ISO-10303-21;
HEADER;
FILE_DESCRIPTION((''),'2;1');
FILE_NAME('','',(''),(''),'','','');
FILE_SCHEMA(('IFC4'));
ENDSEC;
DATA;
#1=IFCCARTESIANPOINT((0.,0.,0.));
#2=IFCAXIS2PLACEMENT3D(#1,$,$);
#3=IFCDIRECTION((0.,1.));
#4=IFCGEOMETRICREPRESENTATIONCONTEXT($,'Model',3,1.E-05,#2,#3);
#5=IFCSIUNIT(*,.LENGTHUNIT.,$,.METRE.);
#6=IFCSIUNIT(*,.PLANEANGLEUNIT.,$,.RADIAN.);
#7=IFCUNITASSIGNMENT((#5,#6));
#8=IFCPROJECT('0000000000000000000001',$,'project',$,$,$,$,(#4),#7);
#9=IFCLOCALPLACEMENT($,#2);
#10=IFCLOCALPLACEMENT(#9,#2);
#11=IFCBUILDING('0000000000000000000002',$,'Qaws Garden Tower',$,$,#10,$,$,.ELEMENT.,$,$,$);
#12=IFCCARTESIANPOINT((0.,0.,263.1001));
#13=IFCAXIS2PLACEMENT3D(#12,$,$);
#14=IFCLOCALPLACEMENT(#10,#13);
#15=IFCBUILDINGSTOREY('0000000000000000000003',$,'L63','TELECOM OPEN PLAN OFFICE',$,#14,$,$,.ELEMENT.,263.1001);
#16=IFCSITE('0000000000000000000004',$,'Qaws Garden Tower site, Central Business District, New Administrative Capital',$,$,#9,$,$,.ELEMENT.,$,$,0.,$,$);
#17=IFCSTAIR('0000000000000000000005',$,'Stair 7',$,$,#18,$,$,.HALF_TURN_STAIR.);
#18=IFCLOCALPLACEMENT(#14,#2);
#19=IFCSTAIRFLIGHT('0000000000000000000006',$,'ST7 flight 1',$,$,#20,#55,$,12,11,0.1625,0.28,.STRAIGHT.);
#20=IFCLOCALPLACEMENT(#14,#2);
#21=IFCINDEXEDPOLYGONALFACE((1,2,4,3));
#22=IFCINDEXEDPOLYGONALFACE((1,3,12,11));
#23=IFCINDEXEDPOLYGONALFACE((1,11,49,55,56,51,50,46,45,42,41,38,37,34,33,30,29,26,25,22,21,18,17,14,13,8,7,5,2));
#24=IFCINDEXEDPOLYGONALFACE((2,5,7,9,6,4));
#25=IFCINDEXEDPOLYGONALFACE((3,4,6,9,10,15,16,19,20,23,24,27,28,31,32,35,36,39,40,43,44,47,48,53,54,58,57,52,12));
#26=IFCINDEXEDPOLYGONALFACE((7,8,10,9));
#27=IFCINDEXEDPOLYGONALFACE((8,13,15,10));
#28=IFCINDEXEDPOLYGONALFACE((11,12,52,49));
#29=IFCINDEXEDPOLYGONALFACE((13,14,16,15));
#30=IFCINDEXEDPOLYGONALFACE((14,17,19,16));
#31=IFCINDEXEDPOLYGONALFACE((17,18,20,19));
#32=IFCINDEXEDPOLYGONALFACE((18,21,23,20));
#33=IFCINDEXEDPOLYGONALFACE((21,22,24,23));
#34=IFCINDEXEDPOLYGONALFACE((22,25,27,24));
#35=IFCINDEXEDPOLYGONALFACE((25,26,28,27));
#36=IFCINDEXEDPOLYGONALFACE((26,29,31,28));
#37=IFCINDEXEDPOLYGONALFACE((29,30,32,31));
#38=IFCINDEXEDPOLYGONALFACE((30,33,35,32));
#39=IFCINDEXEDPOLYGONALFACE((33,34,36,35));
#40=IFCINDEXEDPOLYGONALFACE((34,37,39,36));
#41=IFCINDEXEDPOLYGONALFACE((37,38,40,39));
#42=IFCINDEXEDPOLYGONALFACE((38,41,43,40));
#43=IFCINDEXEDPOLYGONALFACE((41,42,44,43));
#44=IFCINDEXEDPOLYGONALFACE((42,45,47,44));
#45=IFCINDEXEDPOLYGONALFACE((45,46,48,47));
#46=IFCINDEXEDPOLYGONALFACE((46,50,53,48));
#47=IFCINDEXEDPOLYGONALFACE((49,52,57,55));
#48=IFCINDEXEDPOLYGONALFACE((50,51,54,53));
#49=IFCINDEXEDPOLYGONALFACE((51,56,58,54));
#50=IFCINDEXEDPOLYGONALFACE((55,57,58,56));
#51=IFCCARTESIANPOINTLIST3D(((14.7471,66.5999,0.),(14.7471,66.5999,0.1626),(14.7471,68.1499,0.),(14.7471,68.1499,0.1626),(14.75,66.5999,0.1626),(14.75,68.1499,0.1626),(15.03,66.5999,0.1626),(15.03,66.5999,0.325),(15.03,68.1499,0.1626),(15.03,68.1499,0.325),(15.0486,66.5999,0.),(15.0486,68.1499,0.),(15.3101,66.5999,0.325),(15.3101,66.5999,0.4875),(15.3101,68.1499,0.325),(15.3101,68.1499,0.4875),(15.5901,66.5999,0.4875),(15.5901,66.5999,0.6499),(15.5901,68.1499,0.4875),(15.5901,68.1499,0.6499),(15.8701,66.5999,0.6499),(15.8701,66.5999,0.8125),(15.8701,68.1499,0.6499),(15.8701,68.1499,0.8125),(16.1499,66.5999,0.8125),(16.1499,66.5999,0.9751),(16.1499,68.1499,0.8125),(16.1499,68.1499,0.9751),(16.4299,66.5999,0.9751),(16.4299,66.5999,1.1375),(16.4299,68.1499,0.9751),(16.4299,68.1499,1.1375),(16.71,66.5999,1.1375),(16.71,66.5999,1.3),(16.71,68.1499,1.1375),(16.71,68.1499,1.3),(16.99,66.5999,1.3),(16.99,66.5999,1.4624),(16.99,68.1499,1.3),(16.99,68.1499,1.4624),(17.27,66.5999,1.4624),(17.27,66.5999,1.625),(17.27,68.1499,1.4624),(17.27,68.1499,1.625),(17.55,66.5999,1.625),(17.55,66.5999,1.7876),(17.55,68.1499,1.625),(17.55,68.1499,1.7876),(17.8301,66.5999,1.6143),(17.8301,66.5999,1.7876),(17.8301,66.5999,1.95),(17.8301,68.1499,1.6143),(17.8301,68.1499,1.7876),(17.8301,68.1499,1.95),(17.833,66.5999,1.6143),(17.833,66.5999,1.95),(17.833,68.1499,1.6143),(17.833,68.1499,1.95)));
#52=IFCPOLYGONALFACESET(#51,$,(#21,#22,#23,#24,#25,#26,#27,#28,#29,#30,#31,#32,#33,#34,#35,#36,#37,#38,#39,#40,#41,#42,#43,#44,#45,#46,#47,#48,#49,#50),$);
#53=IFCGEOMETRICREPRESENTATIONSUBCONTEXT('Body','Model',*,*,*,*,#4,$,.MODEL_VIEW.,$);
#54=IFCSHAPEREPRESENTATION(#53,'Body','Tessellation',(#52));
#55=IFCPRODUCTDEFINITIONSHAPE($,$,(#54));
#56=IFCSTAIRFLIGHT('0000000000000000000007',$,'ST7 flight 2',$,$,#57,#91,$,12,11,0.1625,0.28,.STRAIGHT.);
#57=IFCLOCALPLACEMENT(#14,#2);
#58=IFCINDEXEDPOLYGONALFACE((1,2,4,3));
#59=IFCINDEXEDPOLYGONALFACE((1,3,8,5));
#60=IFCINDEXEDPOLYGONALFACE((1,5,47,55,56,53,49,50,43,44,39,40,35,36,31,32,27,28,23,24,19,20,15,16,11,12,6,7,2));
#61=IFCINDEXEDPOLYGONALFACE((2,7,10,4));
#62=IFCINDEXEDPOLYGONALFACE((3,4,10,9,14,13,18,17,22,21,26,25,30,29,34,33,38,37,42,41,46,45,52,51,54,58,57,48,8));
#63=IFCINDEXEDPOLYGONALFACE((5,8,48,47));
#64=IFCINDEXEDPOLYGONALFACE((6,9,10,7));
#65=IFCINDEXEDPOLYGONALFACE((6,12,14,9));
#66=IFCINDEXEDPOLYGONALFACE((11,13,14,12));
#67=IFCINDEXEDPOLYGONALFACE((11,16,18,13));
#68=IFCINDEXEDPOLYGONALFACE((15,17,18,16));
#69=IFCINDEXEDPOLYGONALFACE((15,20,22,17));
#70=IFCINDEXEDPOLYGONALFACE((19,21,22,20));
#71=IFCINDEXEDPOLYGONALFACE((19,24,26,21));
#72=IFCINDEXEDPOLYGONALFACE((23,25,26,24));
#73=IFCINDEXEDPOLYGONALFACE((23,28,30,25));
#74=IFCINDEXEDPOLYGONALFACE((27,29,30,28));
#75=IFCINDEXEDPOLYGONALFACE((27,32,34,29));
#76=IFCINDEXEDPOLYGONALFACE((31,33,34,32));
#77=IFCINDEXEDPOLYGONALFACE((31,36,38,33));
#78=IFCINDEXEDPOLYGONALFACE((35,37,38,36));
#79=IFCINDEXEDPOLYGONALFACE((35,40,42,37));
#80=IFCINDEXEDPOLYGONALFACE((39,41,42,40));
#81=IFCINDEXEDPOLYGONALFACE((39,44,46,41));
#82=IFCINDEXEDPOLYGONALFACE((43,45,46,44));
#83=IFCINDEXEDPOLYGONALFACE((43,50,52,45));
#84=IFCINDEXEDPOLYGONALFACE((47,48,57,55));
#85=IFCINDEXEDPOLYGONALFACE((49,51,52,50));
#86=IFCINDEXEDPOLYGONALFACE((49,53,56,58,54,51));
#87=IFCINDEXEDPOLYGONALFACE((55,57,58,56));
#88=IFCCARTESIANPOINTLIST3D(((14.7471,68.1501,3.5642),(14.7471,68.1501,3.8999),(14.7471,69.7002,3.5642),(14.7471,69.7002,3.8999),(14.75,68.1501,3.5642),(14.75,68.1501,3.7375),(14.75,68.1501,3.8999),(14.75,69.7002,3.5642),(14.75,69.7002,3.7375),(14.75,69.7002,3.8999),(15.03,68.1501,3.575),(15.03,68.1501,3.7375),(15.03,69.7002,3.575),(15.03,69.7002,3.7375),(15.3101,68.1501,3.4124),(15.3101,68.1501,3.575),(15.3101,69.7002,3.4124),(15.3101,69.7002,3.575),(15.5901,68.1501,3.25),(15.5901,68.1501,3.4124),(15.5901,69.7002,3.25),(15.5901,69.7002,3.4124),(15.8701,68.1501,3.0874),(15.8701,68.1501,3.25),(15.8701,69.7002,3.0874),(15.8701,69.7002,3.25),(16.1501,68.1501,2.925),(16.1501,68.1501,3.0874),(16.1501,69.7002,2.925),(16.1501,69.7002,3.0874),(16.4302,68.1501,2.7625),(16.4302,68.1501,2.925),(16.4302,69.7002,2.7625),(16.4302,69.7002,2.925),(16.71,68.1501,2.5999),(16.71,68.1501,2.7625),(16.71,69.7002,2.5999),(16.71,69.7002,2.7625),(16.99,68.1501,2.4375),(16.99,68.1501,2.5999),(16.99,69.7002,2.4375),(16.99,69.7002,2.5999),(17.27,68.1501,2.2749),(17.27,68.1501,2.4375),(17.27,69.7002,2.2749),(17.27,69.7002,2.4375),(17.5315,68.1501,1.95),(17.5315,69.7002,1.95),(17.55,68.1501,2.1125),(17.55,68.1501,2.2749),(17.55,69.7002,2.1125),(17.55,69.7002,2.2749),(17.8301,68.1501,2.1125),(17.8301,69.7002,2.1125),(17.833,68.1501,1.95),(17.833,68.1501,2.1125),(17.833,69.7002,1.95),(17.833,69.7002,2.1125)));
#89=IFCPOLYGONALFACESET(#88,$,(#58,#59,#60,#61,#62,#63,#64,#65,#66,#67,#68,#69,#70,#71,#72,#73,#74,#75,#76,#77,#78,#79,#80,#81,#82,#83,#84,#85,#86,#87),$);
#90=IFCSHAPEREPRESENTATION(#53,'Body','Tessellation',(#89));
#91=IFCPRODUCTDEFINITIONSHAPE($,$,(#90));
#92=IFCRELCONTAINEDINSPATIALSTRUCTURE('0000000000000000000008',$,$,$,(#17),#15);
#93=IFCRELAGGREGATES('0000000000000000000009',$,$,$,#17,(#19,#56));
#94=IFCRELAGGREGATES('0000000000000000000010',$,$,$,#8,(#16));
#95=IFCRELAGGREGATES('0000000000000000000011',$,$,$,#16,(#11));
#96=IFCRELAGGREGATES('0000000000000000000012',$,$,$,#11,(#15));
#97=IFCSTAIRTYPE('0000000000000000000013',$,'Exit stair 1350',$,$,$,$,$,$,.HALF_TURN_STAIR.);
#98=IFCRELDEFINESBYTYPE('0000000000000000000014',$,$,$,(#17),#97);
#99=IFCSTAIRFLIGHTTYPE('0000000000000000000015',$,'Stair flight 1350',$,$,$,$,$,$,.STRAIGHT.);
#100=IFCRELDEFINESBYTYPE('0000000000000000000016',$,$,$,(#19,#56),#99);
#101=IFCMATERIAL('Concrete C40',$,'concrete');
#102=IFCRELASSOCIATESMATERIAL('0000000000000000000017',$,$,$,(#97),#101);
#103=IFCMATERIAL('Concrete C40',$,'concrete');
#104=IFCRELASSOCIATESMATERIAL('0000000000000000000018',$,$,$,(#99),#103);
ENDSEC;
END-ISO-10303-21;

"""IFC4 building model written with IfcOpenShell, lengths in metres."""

from ifc_helpers import new_model, si_unit, direction, frame, origin, place, context, subcontext, project, spatial, polyline, outline, extrude, material, type_object, element, aggregate, save


model = new_model("IFC4")

# Units and contexts
model_context = context("Model", 3, precision=1e-05, world=origin(), true_north=direction((0.0, 1.0)))
body_context = subcontext(model_context, "Body", "Model", "MODEL_VIEW")
ifc_project = project(units=[si_unit("LENGTHUNIT", "METRE"), si_unit("PLANEANGLEUNIT", "RADIAN")], contexts=[model_context])

# Site, building, storey
site_placement = place(None, origin())
site = spatial("IfcSite", under=ifc_project, at=site_placement, Name="Qaws Garden Tower site, Central Business District, New Administrative Capital", CompositionType="ELEMENT", RefElevation=0.0)
building_placement = place(site_placement, origin())
building = spatial("IfcBuilding", under=site, at=building_placement, Name="Qaws Garden Tower", CompositionType="ELEMENT")
storey_placement = place(building_placement, frame((0.0, 0.0, 263.1001)))
storey = spatial("IfcBuildingStorey", under=building, at=storey_placement, Name="L63", Description="TELECOM OPEN PLAN OFFICE", CompositionType="ELEMENT", Elevation=263.1001)

# Stair, stair flights
ifc_material_1 = material(Name="Concrete C40", Category="concrete")
stair_type = type_object("IfcStairType", Name="Exit stair 1350", PredefinedType="HALF_TURN_STAIR", material=ifc_material_1)
stair_placement = place(storey_placement, origin())
stair = element("IfcStair", 1, at=stair_placement, inside=storey, type_object=stair_type, Name="Stair 7", PredefinedType="HALF_TURN_STAIR")
ifc_material_2 = material(Name="Concrete C40", Category="concrete")
stair_flight_type = type_object("IfcStairFlightType", Name="Stair flight 1350", PredefinedType="STRAIGHT", material=ifc_material_2)
stair_flight_1_placement = place(storey_placement, frame((14.75, 67.375, 0.0), z_axis=(0.0, 0.0, 1.0), x_axis=(1.0, 0.0, 0.0)))
stair_flight_1 = element("IfcStairFlight", 2, at=stair_flight_1_placement, type_object=stair_flight_type, Name="ST7 flight 1", NumberOfRisers=12, NumberOfTreads=11, PredefinedType="STRAIGHT", RiserHeight=0.1625, TreadLength=0.28, context=body_context, shape_type="SweptSolid", body=[
    extrude(outline(polyline([(-0.0029, 0.0), (-0.0029, 0.1626), (0.0, 0.1626), (0.28, 0.1626), (0.28, 0.325), (0.5601, 0.325), (0.5601, 0.4875), (0.8401, 0.4875), (0.8401, 0.6499), (1.1201, 0.6499), (1.1201, 0.8125), (1.3999, 0.8125), (1.3999, 0.9751), (1.6799, 0.9751), (1.6799, 1.1375), (1.96, 1.1375), (1.96, 1.3), (2.24, 1.3), (2.24, 1.4624), (2.52, 1.4624), (2.52, 1.625), (2.8, 1.625), (2.8, 1.7876), (3.0801, 1.7876), (3.0801, 1.95), (3.083, 1.95), (3.083, 1.6143), (3.0801, 1.6143), (0.2986, 0.0), (-0.0029, 0.0)])), frame((0.0, 0.7749, 0.0), z_axis=(0.0, -1.0, 0.0), x_axis=(1.0, 0.0, 0.0)), (0.0, 0.0, 1.0), 1.55),
])
stair_flight_2_placement = place(storey_placement, frame((17.8301, 68.925, 1.95), z_axis=(0.0, 0.0, 1.0), x_axis=(-1.0, 0.0, 0.0)))
stair_flight_2 = element("IfcStairFlight", 3, at=stair_flight_2_placement, type_object=stair_flight_type, Name="ST7 flight 2", NumberOfRisers=12, NumberOfTreads=11, PredefinedType="STRAIGHT", RiserHeight=0.1625, TreadLength=0.28, context=body_context, shape_type="SweptSolid", body=[
    extrude(outline(polyline([(-0.0029, 0.0), (-0.0029, 0.1626), (0.0, 0.1626), (0.28, 0.1626), (0.28, 0.325), (0.5601, 0.325), (0.5601, 0.4875), (0.8401, 0.4875), (0.8401, 0.6499), (1.1201, 0.6499), (1.1201, 0.8125), (1.3999, 0.8125), (1.3999, 0.9751), (1.6799, 0.9751), (1.6799, 1.1375), (1.96, 1.1375), (1.96, 1.3), (2.24, 1.3), (2.24, 1.4624), (2.52, 1.4624), (2.52, 1.625), (2.8, 1.625), (2.8, 1.7876), (3.0801, 1.7876), (3.0801, 1.95), (3.083, 1.95), (3.083, 1.6143), (3.0801, 1.6143), (0.2986, 0.0), (-0.0029, 0.0)])), frame((0.0, 0.7749, 0.0), z_axis=(0.0, -1.0, 0.0), x_axis=(1.0, 0.0, 0.0)), (0.0, 0.0, 1.0), 1.55),
])
aggregate(stair, [stair_flight_1, stair_flight_2])

save(model, "model.ifc")
